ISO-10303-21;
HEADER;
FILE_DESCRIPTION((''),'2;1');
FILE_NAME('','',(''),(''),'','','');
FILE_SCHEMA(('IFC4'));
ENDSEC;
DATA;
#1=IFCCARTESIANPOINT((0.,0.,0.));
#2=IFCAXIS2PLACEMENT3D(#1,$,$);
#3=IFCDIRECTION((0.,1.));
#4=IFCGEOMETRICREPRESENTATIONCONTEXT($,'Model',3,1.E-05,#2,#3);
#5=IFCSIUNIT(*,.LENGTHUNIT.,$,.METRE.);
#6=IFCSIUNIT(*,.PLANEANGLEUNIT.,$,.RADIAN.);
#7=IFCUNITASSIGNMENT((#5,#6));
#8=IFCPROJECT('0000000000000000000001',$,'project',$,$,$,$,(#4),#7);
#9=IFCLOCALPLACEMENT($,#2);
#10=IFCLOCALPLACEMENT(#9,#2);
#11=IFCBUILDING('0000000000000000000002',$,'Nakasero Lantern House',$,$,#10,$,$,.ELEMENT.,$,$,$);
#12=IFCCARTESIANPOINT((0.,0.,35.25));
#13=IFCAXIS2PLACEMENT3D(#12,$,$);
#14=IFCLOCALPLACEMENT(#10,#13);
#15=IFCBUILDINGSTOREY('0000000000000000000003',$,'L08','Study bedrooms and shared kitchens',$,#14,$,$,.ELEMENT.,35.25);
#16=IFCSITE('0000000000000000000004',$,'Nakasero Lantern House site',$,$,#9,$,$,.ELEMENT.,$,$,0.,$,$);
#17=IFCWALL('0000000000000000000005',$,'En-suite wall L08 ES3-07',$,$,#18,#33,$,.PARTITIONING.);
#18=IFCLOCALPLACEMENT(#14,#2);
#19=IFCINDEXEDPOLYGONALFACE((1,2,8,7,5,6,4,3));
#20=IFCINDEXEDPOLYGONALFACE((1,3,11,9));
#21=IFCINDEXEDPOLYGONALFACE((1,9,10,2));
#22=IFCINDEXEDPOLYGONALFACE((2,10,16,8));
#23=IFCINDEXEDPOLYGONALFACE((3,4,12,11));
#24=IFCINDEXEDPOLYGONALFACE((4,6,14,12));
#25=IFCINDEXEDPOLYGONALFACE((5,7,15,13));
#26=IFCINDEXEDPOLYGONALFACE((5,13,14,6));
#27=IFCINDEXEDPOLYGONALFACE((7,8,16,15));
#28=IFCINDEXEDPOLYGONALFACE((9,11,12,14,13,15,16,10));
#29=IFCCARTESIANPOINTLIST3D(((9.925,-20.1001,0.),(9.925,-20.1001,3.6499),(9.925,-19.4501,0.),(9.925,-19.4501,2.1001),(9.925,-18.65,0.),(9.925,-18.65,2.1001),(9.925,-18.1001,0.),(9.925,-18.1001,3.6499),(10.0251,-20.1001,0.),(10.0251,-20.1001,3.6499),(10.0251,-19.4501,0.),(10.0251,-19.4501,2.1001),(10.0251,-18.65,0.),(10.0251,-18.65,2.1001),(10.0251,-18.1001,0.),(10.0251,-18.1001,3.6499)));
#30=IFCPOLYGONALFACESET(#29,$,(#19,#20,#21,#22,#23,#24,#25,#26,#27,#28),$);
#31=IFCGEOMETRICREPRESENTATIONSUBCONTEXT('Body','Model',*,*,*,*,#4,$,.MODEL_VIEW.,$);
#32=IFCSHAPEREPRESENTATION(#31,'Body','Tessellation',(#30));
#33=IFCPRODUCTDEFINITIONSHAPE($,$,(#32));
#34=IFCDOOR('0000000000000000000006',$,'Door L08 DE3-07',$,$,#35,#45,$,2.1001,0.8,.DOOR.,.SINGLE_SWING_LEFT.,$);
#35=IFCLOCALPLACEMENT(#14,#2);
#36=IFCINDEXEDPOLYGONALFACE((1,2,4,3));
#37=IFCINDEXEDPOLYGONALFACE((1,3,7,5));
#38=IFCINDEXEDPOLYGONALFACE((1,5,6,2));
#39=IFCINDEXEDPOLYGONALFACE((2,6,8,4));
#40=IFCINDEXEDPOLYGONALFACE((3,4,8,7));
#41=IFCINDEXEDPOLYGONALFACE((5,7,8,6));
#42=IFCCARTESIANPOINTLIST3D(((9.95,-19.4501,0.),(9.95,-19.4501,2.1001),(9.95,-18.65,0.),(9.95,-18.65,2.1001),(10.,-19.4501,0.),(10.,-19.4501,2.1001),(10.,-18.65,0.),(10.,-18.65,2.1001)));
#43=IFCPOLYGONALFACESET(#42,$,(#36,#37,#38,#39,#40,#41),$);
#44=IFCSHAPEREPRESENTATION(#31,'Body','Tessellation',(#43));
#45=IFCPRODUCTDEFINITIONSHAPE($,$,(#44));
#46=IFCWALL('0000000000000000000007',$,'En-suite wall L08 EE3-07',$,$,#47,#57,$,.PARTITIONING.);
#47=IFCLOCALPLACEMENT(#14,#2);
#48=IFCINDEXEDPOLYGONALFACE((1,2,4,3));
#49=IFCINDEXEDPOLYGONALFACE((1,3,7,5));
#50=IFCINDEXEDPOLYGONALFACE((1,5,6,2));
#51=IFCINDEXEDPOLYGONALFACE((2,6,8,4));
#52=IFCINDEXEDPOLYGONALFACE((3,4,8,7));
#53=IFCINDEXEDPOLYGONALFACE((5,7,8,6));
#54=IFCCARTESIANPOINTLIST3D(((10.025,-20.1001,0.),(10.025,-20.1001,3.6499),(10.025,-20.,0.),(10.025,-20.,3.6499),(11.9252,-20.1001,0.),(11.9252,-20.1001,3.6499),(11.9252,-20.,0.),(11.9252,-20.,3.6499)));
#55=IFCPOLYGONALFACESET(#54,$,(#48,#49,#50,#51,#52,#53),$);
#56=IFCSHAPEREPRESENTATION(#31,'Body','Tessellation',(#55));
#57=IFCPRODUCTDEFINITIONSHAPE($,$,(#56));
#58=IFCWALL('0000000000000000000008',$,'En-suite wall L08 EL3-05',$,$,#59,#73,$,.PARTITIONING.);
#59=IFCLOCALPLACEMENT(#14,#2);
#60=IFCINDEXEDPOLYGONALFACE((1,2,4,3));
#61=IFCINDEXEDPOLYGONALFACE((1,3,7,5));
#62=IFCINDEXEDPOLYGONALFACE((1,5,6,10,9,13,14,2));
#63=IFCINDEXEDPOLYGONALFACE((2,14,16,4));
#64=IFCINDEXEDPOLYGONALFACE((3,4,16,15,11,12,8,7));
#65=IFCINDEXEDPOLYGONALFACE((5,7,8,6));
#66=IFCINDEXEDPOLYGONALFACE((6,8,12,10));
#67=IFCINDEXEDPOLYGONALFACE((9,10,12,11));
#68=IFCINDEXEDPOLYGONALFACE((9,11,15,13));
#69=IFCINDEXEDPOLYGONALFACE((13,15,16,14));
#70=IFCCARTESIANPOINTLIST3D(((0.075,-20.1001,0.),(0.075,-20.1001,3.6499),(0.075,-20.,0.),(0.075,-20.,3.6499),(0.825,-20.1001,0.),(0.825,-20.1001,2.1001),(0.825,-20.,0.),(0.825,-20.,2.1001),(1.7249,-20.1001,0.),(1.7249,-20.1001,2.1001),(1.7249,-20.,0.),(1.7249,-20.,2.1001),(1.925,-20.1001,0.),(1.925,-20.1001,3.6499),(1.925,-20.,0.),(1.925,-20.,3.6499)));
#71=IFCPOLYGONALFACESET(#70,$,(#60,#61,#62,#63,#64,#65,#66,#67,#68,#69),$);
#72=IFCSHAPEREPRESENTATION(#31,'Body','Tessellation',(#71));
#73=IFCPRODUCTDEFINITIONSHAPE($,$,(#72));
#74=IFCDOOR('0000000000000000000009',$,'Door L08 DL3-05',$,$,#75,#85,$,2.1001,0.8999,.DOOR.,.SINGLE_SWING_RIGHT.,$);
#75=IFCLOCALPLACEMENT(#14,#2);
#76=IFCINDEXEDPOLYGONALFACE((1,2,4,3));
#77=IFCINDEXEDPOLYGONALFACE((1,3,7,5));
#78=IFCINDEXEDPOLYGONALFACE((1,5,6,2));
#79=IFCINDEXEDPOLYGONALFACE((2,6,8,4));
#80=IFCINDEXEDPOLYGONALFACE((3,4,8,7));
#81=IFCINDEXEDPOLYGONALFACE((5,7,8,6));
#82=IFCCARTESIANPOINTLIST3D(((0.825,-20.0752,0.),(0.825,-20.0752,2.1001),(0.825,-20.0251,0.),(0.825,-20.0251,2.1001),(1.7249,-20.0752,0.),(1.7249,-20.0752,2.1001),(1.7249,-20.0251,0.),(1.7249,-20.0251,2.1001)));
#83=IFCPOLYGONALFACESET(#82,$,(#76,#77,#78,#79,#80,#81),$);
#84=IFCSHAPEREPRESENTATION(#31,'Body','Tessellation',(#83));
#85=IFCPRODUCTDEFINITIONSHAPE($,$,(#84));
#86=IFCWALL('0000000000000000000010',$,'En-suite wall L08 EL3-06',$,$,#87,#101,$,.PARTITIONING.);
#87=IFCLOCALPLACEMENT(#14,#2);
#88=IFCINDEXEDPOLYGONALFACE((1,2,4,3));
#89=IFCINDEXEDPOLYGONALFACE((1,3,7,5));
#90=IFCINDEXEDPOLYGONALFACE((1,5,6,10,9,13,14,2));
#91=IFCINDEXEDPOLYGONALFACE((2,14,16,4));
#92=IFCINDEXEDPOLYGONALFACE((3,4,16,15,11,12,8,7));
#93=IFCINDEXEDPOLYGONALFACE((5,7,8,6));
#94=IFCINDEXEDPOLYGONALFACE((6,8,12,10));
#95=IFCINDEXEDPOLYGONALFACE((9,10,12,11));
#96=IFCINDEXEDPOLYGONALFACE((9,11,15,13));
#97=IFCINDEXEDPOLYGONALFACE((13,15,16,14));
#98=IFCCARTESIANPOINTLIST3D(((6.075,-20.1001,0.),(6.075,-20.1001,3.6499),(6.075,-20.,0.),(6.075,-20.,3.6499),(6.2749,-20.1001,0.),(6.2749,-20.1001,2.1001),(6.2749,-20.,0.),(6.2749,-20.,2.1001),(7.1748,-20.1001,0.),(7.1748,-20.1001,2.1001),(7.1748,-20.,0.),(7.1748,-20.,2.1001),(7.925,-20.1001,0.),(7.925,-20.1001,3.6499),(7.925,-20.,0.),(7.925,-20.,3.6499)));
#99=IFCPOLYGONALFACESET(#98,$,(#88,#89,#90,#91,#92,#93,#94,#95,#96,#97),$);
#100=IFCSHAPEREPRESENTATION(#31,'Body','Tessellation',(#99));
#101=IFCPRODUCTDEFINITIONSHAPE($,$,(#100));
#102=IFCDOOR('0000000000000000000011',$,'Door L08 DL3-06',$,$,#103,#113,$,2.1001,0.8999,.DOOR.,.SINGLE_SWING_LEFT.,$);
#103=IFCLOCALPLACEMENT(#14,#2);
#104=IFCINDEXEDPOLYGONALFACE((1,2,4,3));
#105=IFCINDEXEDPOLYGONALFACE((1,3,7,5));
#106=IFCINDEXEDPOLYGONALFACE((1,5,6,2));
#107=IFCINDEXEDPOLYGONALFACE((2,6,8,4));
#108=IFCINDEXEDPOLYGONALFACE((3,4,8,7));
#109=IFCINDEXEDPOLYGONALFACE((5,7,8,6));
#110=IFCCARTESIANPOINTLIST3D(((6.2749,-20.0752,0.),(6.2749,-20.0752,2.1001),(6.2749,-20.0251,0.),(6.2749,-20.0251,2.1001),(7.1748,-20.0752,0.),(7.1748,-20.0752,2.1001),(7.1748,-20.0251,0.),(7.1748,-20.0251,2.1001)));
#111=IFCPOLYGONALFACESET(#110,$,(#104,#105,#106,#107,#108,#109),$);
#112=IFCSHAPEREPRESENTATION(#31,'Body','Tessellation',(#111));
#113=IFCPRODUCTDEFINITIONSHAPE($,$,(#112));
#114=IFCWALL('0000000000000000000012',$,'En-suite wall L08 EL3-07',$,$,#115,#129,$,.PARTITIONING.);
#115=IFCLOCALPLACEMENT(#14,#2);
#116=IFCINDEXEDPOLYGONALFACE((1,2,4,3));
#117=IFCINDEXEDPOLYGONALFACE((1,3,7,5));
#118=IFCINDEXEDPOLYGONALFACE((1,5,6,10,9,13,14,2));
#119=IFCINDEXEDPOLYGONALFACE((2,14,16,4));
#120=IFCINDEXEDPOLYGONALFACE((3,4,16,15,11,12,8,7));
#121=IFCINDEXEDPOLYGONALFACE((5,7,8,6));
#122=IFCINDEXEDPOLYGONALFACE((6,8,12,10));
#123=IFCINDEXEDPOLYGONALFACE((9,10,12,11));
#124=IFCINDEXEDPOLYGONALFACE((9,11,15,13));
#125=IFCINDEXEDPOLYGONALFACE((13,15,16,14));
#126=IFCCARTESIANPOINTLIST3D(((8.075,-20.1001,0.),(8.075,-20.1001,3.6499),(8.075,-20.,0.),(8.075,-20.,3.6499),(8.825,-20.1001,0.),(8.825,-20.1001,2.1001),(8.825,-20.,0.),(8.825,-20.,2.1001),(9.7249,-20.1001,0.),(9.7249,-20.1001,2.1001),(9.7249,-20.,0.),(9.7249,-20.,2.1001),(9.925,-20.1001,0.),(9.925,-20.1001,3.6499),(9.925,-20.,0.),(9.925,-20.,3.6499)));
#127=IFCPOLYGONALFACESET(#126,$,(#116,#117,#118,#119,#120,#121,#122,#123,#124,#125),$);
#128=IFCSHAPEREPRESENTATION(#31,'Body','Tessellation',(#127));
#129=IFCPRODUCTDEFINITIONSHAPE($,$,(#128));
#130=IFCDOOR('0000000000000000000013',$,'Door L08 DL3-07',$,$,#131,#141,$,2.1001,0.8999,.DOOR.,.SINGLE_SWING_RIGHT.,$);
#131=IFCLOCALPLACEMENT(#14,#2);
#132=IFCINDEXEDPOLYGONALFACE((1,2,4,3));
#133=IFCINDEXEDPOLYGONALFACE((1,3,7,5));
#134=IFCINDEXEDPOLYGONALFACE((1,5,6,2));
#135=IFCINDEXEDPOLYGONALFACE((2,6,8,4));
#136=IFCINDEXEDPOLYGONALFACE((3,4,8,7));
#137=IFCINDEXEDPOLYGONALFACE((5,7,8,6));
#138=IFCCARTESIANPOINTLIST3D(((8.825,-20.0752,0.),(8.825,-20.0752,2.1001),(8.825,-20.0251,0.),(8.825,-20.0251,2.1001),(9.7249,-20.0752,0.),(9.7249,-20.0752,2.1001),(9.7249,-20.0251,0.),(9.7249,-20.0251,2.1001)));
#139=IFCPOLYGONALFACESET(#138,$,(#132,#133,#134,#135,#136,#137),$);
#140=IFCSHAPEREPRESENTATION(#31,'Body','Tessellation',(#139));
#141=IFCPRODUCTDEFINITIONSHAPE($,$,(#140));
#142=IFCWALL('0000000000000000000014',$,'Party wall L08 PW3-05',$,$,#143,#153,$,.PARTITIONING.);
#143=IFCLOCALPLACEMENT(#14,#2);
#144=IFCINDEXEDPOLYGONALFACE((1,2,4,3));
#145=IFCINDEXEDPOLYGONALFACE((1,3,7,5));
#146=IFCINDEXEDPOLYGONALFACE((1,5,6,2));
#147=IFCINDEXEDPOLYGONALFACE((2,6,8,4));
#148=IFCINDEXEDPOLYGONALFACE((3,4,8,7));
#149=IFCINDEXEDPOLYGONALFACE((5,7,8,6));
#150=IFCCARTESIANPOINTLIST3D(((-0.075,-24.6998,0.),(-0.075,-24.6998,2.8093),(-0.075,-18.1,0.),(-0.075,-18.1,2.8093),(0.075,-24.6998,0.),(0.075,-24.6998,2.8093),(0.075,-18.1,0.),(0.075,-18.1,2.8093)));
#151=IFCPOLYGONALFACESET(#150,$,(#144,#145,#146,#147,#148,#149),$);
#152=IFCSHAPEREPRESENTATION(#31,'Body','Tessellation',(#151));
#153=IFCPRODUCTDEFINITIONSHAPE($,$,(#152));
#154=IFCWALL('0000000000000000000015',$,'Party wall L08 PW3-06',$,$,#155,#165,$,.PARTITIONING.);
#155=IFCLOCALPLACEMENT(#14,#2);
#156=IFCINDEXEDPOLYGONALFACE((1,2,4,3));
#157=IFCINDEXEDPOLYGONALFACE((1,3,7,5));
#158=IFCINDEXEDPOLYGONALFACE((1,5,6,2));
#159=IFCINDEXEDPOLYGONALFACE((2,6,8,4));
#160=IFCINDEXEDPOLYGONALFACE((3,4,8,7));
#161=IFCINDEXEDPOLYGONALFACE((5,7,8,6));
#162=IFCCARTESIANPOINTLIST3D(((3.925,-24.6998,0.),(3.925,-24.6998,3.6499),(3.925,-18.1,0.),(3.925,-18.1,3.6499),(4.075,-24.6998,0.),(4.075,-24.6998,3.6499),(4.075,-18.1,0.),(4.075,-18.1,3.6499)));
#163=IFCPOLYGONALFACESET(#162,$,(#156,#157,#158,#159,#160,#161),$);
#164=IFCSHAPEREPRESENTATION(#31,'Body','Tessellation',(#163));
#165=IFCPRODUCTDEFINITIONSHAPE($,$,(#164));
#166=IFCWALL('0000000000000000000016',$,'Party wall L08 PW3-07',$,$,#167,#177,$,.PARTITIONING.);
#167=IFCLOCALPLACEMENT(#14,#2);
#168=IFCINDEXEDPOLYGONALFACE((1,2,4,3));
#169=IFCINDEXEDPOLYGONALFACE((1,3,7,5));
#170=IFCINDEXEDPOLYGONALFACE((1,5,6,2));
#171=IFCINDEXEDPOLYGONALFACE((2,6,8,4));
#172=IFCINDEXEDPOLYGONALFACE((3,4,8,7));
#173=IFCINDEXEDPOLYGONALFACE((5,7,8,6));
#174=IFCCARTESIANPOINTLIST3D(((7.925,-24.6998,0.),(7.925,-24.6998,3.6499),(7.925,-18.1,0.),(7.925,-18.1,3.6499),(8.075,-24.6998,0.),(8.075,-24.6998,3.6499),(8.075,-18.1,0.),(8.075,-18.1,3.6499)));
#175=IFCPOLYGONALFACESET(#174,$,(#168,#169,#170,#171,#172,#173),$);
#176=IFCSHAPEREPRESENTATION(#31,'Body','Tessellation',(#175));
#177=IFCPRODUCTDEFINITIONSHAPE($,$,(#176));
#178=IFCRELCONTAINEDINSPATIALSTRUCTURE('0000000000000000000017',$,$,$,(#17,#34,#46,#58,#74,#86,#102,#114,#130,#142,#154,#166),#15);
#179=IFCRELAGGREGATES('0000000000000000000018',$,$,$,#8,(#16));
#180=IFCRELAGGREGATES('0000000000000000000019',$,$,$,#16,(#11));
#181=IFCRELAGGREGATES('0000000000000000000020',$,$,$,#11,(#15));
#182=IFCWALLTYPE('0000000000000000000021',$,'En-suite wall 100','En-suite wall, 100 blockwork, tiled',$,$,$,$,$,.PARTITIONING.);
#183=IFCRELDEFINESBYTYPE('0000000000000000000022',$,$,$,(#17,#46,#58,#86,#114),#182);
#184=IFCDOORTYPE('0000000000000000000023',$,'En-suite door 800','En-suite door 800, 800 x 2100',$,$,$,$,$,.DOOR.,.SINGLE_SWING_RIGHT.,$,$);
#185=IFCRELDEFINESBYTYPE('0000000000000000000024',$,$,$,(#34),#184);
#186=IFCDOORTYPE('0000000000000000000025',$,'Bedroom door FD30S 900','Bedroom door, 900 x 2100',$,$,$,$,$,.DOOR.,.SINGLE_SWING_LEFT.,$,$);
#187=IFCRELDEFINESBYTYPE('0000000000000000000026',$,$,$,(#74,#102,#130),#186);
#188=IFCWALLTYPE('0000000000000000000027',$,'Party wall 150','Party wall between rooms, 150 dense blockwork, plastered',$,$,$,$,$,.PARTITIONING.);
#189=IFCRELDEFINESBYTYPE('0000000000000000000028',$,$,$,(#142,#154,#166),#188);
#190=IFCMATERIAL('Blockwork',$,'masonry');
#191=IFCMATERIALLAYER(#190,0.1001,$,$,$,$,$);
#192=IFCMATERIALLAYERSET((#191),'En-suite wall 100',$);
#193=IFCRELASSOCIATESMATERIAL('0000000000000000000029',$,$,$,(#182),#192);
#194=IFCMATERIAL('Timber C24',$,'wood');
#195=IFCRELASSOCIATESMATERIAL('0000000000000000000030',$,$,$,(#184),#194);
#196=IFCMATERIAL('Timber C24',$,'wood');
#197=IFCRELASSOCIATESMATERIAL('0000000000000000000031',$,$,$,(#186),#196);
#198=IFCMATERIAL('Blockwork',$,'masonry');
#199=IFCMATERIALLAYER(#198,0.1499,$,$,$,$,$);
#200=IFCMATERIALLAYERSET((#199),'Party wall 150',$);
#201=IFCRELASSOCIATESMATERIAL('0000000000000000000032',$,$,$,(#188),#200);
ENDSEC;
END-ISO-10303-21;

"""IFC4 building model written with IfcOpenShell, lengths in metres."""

from ifc_helpers import new_model, si_unit, direction, frame, frame_2d, origin, place, context, subcontext, project, spatial, rectangle, extrude, material, layer, layer_set, type_object, element, fill, save


model = new_model("IFC4")

# Units and contexts
model_context = context("Model", 3, precision=1e-05, world=origin(), true_north=direction((0.0, 1.0)))
body_context = subcontext(model_context, "Body", "Model", "MODEL_VIEW")
ifc_project = project(units=[si_unit("LENGTHUNIT", "METRE"), si_unit("PLANEANGLEUNIT", "RADIAN")], contexts=[model_context])

# Site, building, storey
site_placement = place(None, origin())
site = spatial("IfcSite", under=ifc_project, at=site_placement, Name="Nakasero Lantern House site", CompositionType="ELEMENT", RefElevation=0.0)
building_placement = place(site_placement, origin())
building = spatial("IfcBuilding", under=site, at=building_placement, Name="Nakasero Lantern House", CompositionType="ELEMENT")
storey_placement = place(building_placement, frame((0.0, 0.0, 35.25)))
storey = spatial("IfcBuildingStorey", under=building, at=storey_placement, Name="L08", Description="Study bedrooms and shared kitchens", CompositionType="ELEMENT", Elevation=35.25)

# Shared definitions
ifc_material_1 = material(Name="Blockwork", Category="masonry")
ifc_layer_1 = layer(ifc_material_1, 0.1001)
ifc_layer_set_1 = layer_set([ifc_layer_1], Name="En-suite wall 100")
wall_type_1 = type_object("IfcWallType", Name="En-suite wall 100", Description="En-suite wall, 100 blockwork, tiled", PredefinedType="PARTITIONING", material=ifc_layer_set_1)
ifc_material_2 = material(Name="Timber C24", Category="wood")
door_type_1 = type_object("IfcDoorType", Name="En-suite door 800", Description="En-suite door 800, 800 x 2100", OperationType="SINGLE_SWING_RIGHT", PredefinedType="DOOR", material=ifc_material_2)

# Wall, opening, door
wall_1_placement = place(storey_placement, frame((9.9751, -18.1001, 0.0), z_axis=(0.0, 0.0, 1.0), x_axis=(0.0, -1.0, 0.0)))
wall_1 = element("IfcWall", 1, at=wall_1_placement, inside=storey, type_object=wall_type_1, Name="En-suite wall L08 ES3-07", PredefinedType="PARTITIONING", context=body_context, shape_type="SweptSolid", body=[
    extrude(rectangle(XDim=2.0, YDim=0.1001, at=frame_2d((1.0, 0.0))), origin(), (0.0, 0.0, 1.0), 3.6499),
])
opening_1_placement = place(wall_1_placement, frame((0.55, 0.0, 0.0)))
opening_1 = element("IfcOpeningElement", 2, at=opening_1_placement, cuts=wall_1, PredefinedType="OPENING", context=body_context, shape_type="SweptSolid", body=[
    extrude(rectangle(XDim=0.8, YDim=2.1001, at=frame_2d((0.3999, 1.05))), frame((0.0, 0.0701, 0.0), z_axis=(0.0, -1.0, 0.0), x_axis=(1.0, 0.0, 0.0)), (0.0, 0.0, 1.0), 0.1401),
])
door_1_placement = place(opening_1_placement, origin())
door_1 = element("IfcDoor", 3, at=door_1_placement, inside=storey, type_object=door_type_1, Name="Door L08 DE3-07", OperationType="SINGLE_SWING_LEFT", OverallHeight=2.1001, OverallWidth=0.8, PredefinedType="DOOR", context=body_context, shape_type="SweptSolid", body=[
    extrude(rectangle(XDim=0.8, YDim=2.1001, at=frame_2d((0.3999, 1.05))), frame((0.0, 0.0249, 0.0), z_axis=(0.0, -1.0, 0.0), x_axis=(1.0, 0.0, 0.0)), (0.0, 0.0, 1.0), 0.05),
])
fill(opening_1, door_1)

# Wall
wall_2_placement = place(storey_placement, frame((10.0249, -20.05, 0.0), z_axis=(0.0, 0.0, 1.0), x_axis=(1.0, 0.0, 0.0)))
element("IfcWall", 4, at=wall_2_placement, inside=storey, type_object=wall_type_1, Name="En-suite wall L08 EE3-07", PredefinedType="PARTITIONING", context=body_context, shape_type="SweptSolid", body=[
    extrude(rectangle(XDim=1.9001, YDim=0.1001, at=frame_2d((0.9502, 0.0))), origin(), (0.0, 0.0, 1.0), 3.6499),
])

# Walls, openings, doors
wall_3_placement = place(storey_placement, frame((0.075, -20.05, 0.0), z_axis=(0.0, 0.0, 1.0), x_axis=(1.0, 0.0, 0.0)))
wall_3 = element("IfcWall", 5, at=wall_3_placement, inside=storey, type_object=wall_type_1, Name="En-suite wall L08 EL3-05", PredefinedType="PARTITIONING", context=body_context, shape_type="SweptSolid", body=[
    extrude(rectangle(XDim=1.8501, YDim=0.1001, at=frame_2d((0.925, 0.0))), origin(), (0.0, 0.0, 1.0), 3.6499),
])
opening_2_placement = place(wall_3_placement, frame((0.75, 0.0, 0.0)))
opening_2 = element("IfcOpeningElement", 6, at=opening_2_placement, cuts=wall_3, PredefinedType="OPENING", context=body_context, shape_type="SweptSolid", body=[
    extrude(rectangle(XDim=0.8999, YDim=2.1001, at=frame_2d((0.45, 1.05))), frame((0.0, 0.0701, 0.0), z_axis=(0.0, -1.0, 0.0), x_axis=(1.0, 0.0, 0.0)), (0.0, 0.0, 1.0), 0.1401),
])
ifc_material_3 = material(Name="Timber C24", Category="wood")
door_type_2 = type_object("IfcDoorType", Name="Bedroom door FD30S 900", Description="Bedroom door, 900 x 2100", OperationType="SINGLE_SWING_LEFT", PredefinedType="DOOR", material=ifc_material_3)
door_2_placement = place(opening_2_placement, origin())
door_2 = element("IfcDoor", 7, at=door_2_placement, inside=storey, type_object=door_type_2, Name="Door L08 DL3-05", OperationType="SINGLE_SWING_RIGHT", OverallHeight=2.1001, OverallWidth=0.8999, PredefinedType="DOOR", context=body_context, shape_type="SweptSolid", body=[
    extrude(rectangle(XDim=0.8999, YDim=2.1001, at=frame_2d((0.45, 1.05))), frame((0.0, 0.0249, 0.0), z_axis=(0.0, -1.0, 0.0), x_axis=(1.0, 0.0, 0.0)), (0.0, 0.0, 1.0), 0.05),
])
fill(opening_2, door_2)
wall_4_placement = place(storey_placement, frame((6.075, -20.05, 0.0), z_axis=(0.0, 0.0, 1.0), x_axis=(1.0, 0.0, 0.0)))
wall_4 = element("IfcWall", 8, at=wall_4_placement, inside=storey, type_object=wall_type_1, Name="En-suite wall L08 EL3-06", PredefinedType="PARTITIONING", context=body_context, shape_type="SweptSolid", body=[
    extrude(rectangle(XDim=1.8501, YDim=0.1001, at=frame_2d((0.925, 0.0))), origin(), (0.0, 0.0, 1.0), 3.6499),
])
opening_3_placement = place(wall_4_placement, frame((0.2, 0.0, 0.0)))
opening_3 = element("IfcOpeningElement", 9, at=opening_3_placement, cuts=wall_4, PredefinedType="OPENING", context=body_context, shape_type="SweptSolid", body=[
    extrude(rectangle(XDim=0.8999, YDim=2.1001, at=frame_2d((0.45, 1.05))), frame((0.0, 0.0701, 0.0), z_axis=(0.0, -1.0, 0.0), x_axis=(1.0, 0.0, 0.0)), (0.0, 0.0, 1.0), 0.1401),
])
door_3_placement = place(opening_3_placement, origin())
door_3 = element("IfcDoor", 10, at=door_3_placement, inside=storey, type_object=door_type_2, Name="Door L08 DL3-06", OperationType="SINGLE_SWING_LEFT", OverallHeight=2.1001, OverallWidth=0.8999, PredefinedType="DOOR", context=body_context, shape_type="SweptSolid", body=[
    extrude(rectangle(XDim=0.8999, YDim=2.1001, at=frame_2d((0.45, 1.05))), frame((0.0, 0.0249, 0.0), z_axis=(0.0, -1.0, 0.0), x_axis=(1.0, 0.0, 0.0)), (0.0, 0.0, 1.0), 0.05),
])
fill(opening_3, door_3)
wall_5_placement = place(storey_placement, frame((8.075, -20.05, 0.0), z_axis=(0.0, 0.0, 1.0), x_axis=(1.0, 0.0, 0.0)))
wall_5 = element("IfcWall", 11, at=wall_5_placement, inside=storey, type_object=wall_type_1, Name="En-suite wall L08 EL3-07", PredefinedType="PARTITIONING", context=body_context, shape_type="SweptSolid", body=[
    extrude(rectangle(XDim=1.8501, YDim=0.1001, at=frame_2d((0.925, 0.0))), origin(), (0.0, 0.0, 1.0), 3.6499),
])
opening_4_placement = place(wall_5_placement, frame((0.75, 0.0, 0.0)))
opening_4 = element("IfcOpeningElement", 12, at=opening_4_placement, cuts=wall_5, PredefinedType="OPENING", context=body_context, shape_type="SweptSolid", body=[
    extrude(rectangle(XDim=0.8999, YDim=2.1001, at=frame_2d((0.45, 1.05))), frame((0.0, 0.0701, 0.0), z_axis=(0.0, -1.0, 0.0), x_axis=(1.0, 0.0, 0.0)), (0.0, 0.0, 1.0), 0.1401),
])
door_4_placement = place(opening_4_placement, origin())
door_4 = element("IfcDoor", 13, at=door_4_placement, inside=storey, type_object=door_type_2, Name="Door L08 DL3-07", OperationType="SINGLE_SWING_RIGHT", OverallHeight=2.1001, OverallWidth=0.8999, PredefinedType="DOOR", context=body_context, shape_type="SweptSolid", body=[
    extrude(rectangle(XDim=0.8999, YDim=2.1001, at=frame_2d((0.45, 1.05))), frame((0.0, 0.0249, 0.0), z_axis=(0.0, -1.0, 0.0), x_axis=(1.0, 0.0, 0.0)), (0.0, 0.0, 1.0), 0.05),
])
fill(opening_4, door_4)

# Walls
ifc_material_4 = material(Name="Blockwork", Category="masonry")
ifc_layer_2 = layer(ifc_material_4, 0.1499)
ifc_layer_set_2 = layer_set([ifc_layer_2], Name="Party wall 150")
wall_type_2 = type_object("IfcWallType", Name="Party wall 150", Description="Party wall between rooms, 150 dense blockwork, plastered", PredefinedType="PARTITIONING", material=ifc_layer_set_2)
wall_6_placement = place(storey_placement, frame((0.0, -18.1001, 0.0), z_axis=(0.0, 0.0, 1.0), x_axis=(0.0, -1.0, 0.0)))
element("IfcWall", 14, at=wall_6_placement, inside=storey, type_object=wall_type_2, Name="Party wall L08 PW3-05", PredefinedType="PARTITIONING", context=body_context, shape_type="SweptSolid", body=[
    extrude(rectangle(XDim=6.5999, YDim=0.1499, at=frame_2d((3.2998, 0.0))), origin(), (0.0, 0.0, 1.0), 2.8093),
])
for number, where, z_axis, x_axis, name in (
    (15, (4.0, -18.1001, 0.0), (0.0, 0.0, 1.0), (0.0, -1.0, 0.0), "Party wall L08 PW3-06"),
    (16, (8.0, -18.1001, 0.0), (0.0, 0.0, 1.0), (0.0, -1.0, 0.0), "Party wall L08 PW3-07"),
):
    element("IfcWall", number, at=place(storey_placement, frame(where, z_axis=z_axis, x_axis=x_axis)), inside=storey, type_object=wall_type_2, Name=name, PredefinedType="PARTITIONING", context=body_context, shape_type="SweptSolid", body=[
        extrude(rectangle(XDim=6.5999, YDim=0.1499, at=frame_2d((3.2998, 0.0))), origin(), (0.0, 0.0, 1.0), 3.6499),
    ])

save(model, "model.ifc")
